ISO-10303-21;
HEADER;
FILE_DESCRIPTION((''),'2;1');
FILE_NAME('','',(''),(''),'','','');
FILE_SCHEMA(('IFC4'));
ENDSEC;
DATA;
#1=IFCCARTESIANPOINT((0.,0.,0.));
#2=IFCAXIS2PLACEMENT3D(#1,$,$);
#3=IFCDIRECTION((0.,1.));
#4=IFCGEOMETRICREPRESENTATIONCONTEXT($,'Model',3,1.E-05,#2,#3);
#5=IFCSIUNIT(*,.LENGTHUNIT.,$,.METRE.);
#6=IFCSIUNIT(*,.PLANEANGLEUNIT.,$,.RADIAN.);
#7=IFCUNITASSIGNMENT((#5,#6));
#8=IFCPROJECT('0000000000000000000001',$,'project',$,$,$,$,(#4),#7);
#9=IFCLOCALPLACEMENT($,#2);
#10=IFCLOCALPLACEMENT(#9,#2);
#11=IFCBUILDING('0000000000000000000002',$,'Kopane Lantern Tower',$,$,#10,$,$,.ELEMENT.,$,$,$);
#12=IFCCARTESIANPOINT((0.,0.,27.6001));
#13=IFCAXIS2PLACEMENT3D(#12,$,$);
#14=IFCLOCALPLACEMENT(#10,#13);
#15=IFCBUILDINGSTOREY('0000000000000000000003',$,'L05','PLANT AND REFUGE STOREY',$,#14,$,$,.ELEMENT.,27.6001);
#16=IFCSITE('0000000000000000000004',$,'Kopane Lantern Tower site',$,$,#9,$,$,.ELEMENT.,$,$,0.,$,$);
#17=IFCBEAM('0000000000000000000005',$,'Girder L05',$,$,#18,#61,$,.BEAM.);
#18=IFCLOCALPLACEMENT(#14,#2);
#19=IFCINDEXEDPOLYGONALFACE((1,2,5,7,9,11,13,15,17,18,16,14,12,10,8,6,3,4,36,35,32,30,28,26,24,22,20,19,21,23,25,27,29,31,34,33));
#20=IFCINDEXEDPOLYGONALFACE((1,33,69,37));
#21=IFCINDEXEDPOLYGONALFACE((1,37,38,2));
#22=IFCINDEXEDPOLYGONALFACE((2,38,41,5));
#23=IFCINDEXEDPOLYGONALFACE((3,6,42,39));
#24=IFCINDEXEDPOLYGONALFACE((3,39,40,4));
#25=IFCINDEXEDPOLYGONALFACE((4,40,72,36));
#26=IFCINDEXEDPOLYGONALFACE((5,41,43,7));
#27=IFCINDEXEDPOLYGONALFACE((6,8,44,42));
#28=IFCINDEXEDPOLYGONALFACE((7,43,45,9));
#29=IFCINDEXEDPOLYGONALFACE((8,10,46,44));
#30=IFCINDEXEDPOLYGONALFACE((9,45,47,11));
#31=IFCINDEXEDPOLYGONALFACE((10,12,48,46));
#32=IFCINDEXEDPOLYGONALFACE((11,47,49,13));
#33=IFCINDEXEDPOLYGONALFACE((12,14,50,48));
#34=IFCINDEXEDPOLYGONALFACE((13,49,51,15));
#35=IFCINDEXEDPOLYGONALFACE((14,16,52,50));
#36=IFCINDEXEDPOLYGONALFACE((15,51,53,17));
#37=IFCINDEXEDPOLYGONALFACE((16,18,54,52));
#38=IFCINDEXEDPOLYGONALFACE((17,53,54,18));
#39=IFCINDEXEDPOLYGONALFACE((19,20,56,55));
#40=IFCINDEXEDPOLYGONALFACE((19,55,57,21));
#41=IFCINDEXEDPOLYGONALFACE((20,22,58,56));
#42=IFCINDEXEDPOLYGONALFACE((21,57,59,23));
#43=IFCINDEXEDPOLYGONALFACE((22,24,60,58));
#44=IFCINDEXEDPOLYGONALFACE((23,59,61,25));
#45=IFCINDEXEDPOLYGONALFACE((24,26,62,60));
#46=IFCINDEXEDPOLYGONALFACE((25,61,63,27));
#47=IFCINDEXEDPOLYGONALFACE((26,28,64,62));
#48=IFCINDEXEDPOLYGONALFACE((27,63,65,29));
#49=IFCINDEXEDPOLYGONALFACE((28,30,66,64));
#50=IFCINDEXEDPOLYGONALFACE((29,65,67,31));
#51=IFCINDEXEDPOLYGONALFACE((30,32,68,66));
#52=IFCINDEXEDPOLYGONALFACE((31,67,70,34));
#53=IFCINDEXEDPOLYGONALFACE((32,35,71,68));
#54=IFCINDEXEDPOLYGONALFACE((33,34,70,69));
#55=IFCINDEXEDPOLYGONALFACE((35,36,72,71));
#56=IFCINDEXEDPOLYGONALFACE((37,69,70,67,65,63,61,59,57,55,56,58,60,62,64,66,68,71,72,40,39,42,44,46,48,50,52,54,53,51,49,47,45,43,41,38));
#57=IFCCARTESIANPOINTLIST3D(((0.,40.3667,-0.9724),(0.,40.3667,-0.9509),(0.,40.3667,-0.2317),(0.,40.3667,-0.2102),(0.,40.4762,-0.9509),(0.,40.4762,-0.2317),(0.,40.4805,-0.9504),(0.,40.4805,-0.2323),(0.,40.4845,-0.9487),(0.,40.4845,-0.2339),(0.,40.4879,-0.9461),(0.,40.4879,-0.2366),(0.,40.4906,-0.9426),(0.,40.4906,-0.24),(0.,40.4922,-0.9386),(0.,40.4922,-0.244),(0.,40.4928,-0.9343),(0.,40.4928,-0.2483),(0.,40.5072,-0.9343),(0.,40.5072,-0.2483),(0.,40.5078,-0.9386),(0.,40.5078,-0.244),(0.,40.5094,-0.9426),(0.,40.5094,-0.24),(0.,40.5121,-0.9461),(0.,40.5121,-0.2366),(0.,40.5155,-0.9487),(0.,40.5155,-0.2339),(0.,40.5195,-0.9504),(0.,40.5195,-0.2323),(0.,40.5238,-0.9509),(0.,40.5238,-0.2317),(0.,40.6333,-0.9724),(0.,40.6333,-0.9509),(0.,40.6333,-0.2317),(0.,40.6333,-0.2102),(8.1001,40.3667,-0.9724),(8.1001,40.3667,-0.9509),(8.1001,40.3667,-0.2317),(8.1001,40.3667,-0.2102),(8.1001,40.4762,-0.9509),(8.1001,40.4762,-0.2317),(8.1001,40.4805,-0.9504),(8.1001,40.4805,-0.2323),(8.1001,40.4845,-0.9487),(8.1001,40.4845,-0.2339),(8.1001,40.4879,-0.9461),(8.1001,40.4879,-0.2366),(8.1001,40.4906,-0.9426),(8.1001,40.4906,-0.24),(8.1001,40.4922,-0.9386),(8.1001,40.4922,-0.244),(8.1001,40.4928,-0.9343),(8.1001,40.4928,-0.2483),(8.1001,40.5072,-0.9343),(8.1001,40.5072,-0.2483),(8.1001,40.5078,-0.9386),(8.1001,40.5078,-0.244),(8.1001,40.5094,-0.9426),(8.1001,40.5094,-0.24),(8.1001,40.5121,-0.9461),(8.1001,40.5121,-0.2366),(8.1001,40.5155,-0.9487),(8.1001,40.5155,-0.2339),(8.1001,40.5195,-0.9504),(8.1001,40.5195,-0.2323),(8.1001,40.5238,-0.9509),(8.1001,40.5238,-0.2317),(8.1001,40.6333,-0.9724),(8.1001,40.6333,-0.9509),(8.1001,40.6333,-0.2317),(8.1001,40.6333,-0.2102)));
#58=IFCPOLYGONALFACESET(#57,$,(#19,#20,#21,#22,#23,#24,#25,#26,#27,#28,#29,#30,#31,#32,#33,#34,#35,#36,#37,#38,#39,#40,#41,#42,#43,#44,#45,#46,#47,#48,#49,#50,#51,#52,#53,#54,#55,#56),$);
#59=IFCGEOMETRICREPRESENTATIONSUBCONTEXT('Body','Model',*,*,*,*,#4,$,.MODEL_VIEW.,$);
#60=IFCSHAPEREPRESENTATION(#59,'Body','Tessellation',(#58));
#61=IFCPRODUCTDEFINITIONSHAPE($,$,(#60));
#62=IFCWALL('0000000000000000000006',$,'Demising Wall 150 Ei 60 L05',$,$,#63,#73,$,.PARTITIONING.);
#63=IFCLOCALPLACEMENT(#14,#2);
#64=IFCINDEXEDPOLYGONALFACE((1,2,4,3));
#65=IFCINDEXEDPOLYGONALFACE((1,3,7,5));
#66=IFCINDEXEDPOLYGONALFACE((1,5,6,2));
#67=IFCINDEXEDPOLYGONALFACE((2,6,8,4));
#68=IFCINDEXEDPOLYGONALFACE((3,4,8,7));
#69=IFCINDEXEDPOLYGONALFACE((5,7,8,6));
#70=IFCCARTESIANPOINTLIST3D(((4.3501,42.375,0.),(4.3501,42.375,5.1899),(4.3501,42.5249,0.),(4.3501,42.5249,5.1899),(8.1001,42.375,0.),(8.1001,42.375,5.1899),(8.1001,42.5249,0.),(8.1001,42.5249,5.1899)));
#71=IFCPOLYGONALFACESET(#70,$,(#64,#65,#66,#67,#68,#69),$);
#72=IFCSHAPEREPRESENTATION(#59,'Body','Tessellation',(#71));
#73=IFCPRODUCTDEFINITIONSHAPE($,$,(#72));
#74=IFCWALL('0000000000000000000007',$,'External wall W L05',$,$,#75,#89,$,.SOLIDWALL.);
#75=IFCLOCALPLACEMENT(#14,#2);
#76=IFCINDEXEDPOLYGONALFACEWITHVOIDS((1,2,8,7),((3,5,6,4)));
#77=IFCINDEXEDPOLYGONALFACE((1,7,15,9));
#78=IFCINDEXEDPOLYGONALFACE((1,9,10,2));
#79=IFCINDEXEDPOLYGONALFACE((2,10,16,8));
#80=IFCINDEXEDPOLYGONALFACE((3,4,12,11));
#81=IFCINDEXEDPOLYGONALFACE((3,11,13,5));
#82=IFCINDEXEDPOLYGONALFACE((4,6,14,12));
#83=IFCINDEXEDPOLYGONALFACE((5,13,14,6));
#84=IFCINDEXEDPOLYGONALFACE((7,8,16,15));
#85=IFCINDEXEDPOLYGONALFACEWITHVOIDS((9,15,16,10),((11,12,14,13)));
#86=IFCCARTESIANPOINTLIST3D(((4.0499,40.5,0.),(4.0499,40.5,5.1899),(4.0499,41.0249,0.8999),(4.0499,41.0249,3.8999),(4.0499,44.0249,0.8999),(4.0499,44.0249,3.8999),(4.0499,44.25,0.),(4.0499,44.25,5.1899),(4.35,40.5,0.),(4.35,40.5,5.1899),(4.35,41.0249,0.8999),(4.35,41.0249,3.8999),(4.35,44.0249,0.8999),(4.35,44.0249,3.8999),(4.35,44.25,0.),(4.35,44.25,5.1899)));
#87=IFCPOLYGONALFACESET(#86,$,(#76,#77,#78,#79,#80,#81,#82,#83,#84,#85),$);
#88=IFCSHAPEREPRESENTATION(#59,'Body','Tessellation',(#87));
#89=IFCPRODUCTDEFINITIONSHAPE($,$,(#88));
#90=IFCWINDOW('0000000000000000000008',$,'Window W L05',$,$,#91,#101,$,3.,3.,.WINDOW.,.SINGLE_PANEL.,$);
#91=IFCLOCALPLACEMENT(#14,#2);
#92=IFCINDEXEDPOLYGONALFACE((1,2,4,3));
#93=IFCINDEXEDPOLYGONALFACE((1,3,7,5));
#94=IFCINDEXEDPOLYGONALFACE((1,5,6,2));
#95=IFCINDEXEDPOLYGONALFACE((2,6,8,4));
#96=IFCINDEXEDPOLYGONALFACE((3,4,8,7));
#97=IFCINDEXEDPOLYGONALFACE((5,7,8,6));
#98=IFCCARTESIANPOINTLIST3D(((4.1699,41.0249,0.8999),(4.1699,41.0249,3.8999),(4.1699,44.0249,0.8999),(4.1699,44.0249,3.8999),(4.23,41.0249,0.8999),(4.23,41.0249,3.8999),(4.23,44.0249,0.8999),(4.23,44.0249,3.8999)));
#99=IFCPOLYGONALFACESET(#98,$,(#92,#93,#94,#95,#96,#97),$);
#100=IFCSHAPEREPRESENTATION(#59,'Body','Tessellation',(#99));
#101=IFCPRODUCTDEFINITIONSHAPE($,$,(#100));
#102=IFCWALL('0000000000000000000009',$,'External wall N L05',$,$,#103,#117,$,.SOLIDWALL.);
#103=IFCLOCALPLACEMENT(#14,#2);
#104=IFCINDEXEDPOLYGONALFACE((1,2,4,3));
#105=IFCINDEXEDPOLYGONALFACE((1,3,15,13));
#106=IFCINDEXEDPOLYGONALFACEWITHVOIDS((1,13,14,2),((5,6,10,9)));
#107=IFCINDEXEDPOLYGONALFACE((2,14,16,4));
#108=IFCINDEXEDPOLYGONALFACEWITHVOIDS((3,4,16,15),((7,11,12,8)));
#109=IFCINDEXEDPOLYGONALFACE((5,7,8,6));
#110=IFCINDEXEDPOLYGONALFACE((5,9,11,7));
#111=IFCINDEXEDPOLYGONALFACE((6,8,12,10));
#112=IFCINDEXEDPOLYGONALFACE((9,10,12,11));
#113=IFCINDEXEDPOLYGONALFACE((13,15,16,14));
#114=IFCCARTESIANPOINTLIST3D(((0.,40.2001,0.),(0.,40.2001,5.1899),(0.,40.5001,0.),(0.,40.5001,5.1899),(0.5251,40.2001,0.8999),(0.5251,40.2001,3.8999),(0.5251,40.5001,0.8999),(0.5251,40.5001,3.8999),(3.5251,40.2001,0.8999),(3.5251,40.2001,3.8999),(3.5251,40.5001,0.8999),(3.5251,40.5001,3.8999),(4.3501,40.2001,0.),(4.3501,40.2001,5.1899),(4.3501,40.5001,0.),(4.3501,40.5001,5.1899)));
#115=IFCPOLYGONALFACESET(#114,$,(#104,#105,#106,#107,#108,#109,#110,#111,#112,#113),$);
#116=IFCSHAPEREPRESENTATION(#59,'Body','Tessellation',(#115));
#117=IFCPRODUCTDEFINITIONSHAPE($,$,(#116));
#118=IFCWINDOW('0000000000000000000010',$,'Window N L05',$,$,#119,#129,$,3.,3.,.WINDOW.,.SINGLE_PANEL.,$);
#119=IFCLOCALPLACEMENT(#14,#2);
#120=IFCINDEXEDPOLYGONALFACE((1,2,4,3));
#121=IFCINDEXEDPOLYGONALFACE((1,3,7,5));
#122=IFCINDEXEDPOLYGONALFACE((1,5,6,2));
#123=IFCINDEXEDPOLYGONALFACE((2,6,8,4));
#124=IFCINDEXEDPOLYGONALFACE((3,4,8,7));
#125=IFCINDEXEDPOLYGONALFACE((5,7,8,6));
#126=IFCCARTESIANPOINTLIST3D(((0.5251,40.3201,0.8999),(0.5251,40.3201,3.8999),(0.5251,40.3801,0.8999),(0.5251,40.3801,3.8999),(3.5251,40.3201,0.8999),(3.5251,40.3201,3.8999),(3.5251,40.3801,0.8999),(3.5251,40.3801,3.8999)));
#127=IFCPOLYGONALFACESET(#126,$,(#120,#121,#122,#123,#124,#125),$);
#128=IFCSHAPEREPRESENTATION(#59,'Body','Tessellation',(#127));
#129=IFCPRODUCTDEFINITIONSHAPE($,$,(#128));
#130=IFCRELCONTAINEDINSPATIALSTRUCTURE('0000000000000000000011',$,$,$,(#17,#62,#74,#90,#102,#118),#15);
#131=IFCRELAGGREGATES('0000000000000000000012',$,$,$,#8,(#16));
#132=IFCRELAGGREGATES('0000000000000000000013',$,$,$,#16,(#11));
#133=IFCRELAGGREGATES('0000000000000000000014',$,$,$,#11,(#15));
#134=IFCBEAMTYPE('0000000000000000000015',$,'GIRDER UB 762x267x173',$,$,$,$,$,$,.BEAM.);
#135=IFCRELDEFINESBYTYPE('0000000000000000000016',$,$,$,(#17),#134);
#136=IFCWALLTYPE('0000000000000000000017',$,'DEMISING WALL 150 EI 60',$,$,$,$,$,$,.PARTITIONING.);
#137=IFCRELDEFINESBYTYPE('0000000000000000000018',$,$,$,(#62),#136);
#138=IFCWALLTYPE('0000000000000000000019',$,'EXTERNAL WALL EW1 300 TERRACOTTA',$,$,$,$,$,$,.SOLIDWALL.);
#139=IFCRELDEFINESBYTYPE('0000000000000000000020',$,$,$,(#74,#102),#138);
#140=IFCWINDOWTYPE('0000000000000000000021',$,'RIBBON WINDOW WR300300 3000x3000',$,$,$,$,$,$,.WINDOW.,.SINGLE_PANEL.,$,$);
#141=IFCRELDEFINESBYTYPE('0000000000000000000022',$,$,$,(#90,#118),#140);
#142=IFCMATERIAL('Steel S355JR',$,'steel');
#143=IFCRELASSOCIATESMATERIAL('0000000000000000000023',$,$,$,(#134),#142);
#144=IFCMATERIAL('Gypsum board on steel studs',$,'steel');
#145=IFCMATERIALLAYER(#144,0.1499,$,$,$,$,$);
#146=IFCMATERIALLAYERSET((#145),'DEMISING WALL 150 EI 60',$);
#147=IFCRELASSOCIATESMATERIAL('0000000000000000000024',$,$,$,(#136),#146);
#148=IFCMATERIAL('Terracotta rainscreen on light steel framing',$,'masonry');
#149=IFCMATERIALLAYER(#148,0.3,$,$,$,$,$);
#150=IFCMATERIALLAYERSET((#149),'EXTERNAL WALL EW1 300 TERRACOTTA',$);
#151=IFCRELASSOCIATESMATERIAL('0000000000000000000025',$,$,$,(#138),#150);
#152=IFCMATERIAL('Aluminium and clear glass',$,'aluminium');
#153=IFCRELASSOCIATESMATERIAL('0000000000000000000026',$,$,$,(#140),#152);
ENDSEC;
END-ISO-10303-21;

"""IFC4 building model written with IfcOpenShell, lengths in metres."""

from ifc_helpers import new_model, si_unit, direction, frame, frame_2d, origin, origin_2d, place, context, subcontext, project, spatial, rectangle, i_section, extrude, material, layer, layer_set, material_profile, profile_set, type_object, element, fill, save


model = new_model("IFC4")

# Units and contexts
model_context = context("Model", 3, precision=1e-05, world=origin(), true_north=direction((0.0, 1.0)))
body_context = subcontext(model_context, "Body", "Model", "MODEL_VIEW")
ifc_project = project(units=[si_unit("LENGTHUNIT", "METRE"), si_unit("PLANEANGLEUNIT", "RADIAN")], contexts=[model_context])

# Site, building, storey
site_placement = place(None, origin())
site = spatial("IfcSite", under=ifc_project, at=site_placement, Name="Kopane Lantern Tower site", CompositionType="ELEMENT", RefElevation=0.0)
building_placement = place(site_placement, origin())
building = spatial("IfcBuilding", under=site, at=building_placement, Name="Kopane Lantern Tower", CompositionType="ELEMENT")
storey_placement = place(building_placement, frame((0.0, 0.0, 27.6001)))
storey = spatial("IfcBuildingStorey", under=building, at=storey_placement, Name="L05", Description="PLANT AND REFUGE STOREY", CompositionType="ELEMENT", Elevation=27.6001)

# Beam
ifc_material_1 = material(Name="Steel S355JR", Category="steel")
ifc_material_profile_1 = material_profile(ifc_material_1, i_section(OverallWidth=0.2666, OverallDepth=0.7622, WebThickness=0.0144, FlangeThickness=0.0215, FilletRadius=0.0166, at=origin_2d()), Name="UB 762x267x173")
ifc_profile_set_1 = profile_set([ifc_material_profile_1], Name="Steel S355JR")
beam_type_1 = type_object("IfcBeamType", Name="GIRDER UB 762x267x173", PredefinedType="BEAM", material=ifc_profile_set_1)
beam_1_placement = place(storey_placement, frame((0.0, 40.5, -0.5913), z_axis=(1.0, 0.0, 0.0), x_axis=(0.0, 1.0, 0.0)))
element("IfcBeam", 1, at=beam_1_placement, inside=storey, type_object=beam_type_1, Name="Girder L05", PredefinedType="BEAM", context=body_context, shape_type="SweptSolid", body=[
    extrude(i_section(OverallWidth=0.2666, OverallDepth=0.7622, WebThickness=0.0144, FlangeThickness=0.0215, FilletRadius=0.0166, at=origin_2d()), origin(), (0.0, 0.0, 1.0), 8.1001),
])

# Wall
ifc_material_2 = material(Name="Gypsum board on steel studs", Category="steel")
ifc_layer_1 = layer(ifc_material_2, 0.1499)
ifc_layer_set_1 = layer_set([ifc_layer_1], Name="DEMISING WALL 150 EI 60")
wall_type_1 = type_object("IfcWallType", Name="DEMISING WALL 150 EI 60", PredefinedType="PARTITIONING", material=ifc_layer_set_1)
wall_1_placement = place(storey_placement, frame((4.3501, 42.45, 0.0), z_axis=(0.0, 0.0, 1.0), x_axis=(1.0, 0.0, 0.0)))
element("IfcWall", 2, at=wall_1_placement, inside=storey, type_object=wall_type_1, Name="Demising Wall 150 Ei 60 L05", PredefinedType="PARTITIONING", context=body_context, shape_type="SweptSolid", body=[
    extrude(rectangle(XDim=3.75, YDim=0.1499, at=frame_2d((1.875, 0.0))), origin(), (0.0, 0.0, 1.0), 5.1899),
])

# Walls, openings, windows
ifc_material_3 = material(Name="Terracotta rainscreen on light steel framing", Category="masonry")
ifc_layer_2 = layer(ifc_material_3, 0.3)
ifc_layer_set_2 = layer_set([ifc_layer_2], Name="EXTERNAL WALL EW1 300 TERRACOTTA")
wall_type_2 = type_object("IfcWallType", Name="EXTERNAL WALL EW1 300 TERRACOTTA", PredefinedType="SOLIDWALL", material=ifc_layer_set_2)
wall_2_placement = place(storey_placement, frame((4.2, 44.25, 0.0), z_axis=(0.0, 0.0, 1.0), x_axis=(0.0, -1.0, 0.0)))
wall_2 = element("IfcWall", 3, at=wall_2_placement, inside=storey, type_object=wall_type_2, Name="External wall W L05", PredefinedType="SOLIDWALL", context=body_context, shape_type="SweptSolid", body=[
    extrude(rectangle(XDim=3.75, YDim=0.3, at=frame_2d((1.875, 0.0))), origin(), (0.0, 0.0, 1.0), 5.1899),
])
opening_1_placement = place(wall_2_placement, frame((0.2251, 0.0, 0.8999)))
opening_1 = element("IfcOpeningElement", 4, at=opening_1_placement, cuts=wall_2, PredefinedType="OPENING", context=body_context, shape_type="SweptSolid", body=[
    extrude(rectangle(XDim=3.0, YDim=3.0, at=frame_2d((1.5, 1.5))), frame((0.0, 0.1599, 0.0), z_axis=(0.0, -1.0, 0.0), x_axis=(1.0, 0.0, 0.0)), (0.0, 0.0, 1.0), 0.3201),
])
ifc_material_4 = material(Name="Aluminium and clear glass", Category="aluminium")
window_type = type_object("IfcWindowType", Name="RIBBON WINDOW WR300300 3000x3000", PartitioningType="SINGLE_PANEL", PredefinedType="WINDOW", material=ifc_material_4)
window_1_placement = place(opening_1_placement, origin())
window_1 = element("IfcWindow", 5, at=window_1_placement, inside=storey, type_object=window_type, Name="Window W L05", OverallHeight=3.0, OverallWidth=3.0, PartitioningType="SINGLE_PANEL", PredefinedType="WINDOW", context=body_context, shape_type="SweptSolid", body=[
    extrude(rectangle(XDim=3.0, YDim=3.0, at=frame_2d((1.5, 1.5))), frame((0.0, 0.03, 0.0), z_axis=(0.0, -1.0, 0.0), x_axis=(1.0, 0.0, 0.0)), (0.0, 0.0, 1.0), 0.0601),
])
fill(opening_1, window_1)
wall_3_placement = place(storey_placement, frame((4.3501, 40.3501, 0.0), z_axis=(0.0, 0.0, 1.0), x_axis=(-1.0, 0.0, 0.0)))
wall_3 = element("IfcWall", 6, at=wall_3_placement, inside=storey, type_object=wall_type_2, Name="External wall N L05", PredefinedType="SOLIDWALL", context=body_context, shape_type="SweptSolid", body=[
    extrude(rectangle(XDim=4.3501, YDim=0.3, at=frame_2d((2.175, 0.0))), origin(), (0.0, 0.0, 1.0), 5.1899),
])
opening_2_placement = place(wall_3_placement, frame((0.825, 0.0, 0.8999)))
opening_2 = element("IfcOpeningElement", 7, at=opening_2_placement, cuts=wall_3, PredefinedType="OPENING", context=body_context, shape_type="SweptSolid", body=[
    extrude(rectangle(XDim=3.0, YDim=3.0, at=frame_2d((1.5, 1.5))), frame((0.0, 0.1599, 0.0), z_axis=(0.0, -1.0, 0.0), x_axis=(1.0, 0.0, 0.0)), (0.0, 0.0, 1.0), 0.3201),
])
window_2_placement = place(opening_2_placement, origin())
window_2 = element("IfcWindow", 8, at=window_2_placement, inside=storey, type_object=window_type, Name="Window N L05", OverallHeight=3.0, OverallWidth=3.0, PartitioningType="SINGLE_PANEL", PredefinedType="WINDOW", context=body_context, shape_type="SweptSolid", body=[
    extrude(rectangle(XDim=3.0, YDim=3.0, at=frame_2d((1.5, 1.5))), frame((0.0, 0.03, 0.0), z_axis=(0.0, -1.0, 0.0), x_axis=(1.0, 0.0, 0.0)), (0.0, 0.0, 1.0), 0.0601),
])
fill(opening_2, window_2)

save(model, "model.ifc")
